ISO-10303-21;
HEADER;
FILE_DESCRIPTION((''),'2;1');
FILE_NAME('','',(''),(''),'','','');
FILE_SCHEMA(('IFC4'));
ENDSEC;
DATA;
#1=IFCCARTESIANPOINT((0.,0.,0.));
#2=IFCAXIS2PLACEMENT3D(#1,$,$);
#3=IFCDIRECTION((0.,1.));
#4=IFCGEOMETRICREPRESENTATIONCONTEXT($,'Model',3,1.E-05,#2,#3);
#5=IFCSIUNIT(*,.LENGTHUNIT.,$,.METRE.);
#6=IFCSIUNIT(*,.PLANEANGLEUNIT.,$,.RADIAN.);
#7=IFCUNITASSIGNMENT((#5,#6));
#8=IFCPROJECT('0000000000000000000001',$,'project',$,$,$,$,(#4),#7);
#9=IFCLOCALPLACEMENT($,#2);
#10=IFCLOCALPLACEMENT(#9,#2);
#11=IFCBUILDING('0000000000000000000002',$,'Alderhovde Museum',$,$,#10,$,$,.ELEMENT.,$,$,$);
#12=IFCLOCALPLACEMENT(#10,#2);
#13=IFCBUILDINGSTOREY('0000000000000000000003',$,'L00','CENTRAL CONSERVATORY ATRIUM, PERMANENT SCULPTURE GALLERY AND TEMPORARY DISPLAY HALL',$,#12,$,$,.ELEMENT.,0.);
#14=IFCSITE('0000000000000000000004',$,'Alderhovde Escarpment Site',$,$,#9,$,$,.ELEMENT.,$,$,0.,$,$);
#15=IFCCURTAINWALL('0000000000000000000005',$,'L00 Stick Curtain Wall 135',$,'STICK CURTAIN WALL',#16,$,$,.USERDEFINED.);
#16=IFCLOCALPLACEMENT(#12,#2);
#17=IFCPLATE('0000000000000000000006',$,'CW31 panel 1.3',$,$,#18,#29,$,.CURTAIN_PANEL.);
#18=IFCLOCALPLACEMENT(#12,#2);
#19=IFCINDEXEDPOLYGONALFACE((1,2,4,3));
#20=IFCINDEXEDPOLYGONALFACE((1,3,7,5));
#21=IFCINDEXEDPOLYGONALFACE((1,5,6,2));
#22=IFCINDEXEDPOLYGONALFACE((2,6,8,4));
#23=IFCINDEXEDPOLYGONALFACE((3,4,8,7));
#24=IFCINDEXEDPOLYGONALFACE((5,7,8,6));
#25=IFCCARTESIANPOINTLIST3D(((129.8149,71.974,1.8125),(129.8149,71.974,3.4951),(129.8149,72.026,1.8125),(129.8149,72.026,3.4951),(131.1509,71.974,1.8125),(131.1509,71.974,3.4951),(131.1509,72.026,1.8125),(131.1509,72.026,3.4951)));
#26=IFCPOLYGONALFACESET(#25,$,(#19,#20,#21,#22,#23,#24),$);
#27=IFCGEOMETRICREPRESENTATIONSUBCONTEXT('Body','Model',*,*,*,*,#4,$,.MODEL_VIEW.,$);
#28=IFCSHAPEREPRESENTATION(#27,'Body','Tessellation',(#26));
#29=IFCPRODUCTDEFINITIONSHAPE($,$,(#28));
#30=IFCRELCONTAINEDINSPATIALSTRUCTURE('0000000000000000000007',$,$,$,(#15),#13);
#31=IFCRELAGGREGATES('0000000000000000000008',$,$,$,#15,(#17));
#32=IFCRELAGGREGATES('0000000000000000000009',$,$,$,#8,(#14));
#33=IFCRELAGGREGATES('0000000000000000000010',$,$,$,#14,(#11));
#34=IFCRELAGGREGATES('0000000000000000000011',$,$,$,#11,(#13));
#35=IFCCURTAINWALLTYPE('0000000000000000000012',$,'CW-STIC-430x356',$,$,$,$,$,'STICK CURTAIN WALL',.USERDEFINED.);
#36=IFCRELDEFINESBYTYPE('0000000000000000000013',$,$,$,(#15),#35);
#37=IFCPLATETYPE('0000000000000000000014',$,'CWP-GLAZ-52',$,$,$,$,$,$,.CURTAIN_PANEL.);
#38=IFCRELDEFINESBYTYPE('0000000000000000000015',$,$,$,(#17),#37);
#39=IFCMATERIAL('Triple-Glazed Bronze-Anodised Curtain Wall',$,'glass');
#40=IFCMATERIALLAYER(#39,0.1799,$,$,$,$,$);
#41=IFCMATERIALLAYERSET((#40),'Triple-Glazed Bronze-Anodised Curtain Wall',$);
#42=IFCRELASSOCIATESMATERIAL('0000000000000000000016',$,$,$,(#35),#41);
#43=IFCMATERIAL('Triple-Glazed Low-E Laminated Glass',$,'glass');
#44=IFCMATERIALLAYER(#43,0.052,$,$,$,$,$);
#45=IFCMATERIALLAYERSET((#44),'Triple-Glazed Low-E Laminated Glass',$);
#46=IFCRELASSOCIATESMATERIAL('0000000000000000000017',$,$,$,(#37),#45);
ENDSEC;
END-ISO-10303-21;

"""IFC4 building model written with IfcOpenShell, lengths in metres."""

from ifc_helpers import new_model, si_unit, direction, frame, origin, origin_2d, place, context, subcontext, project, spatial, rectangle, extrude, material, layer, layer_set, type_object, element, aggregate, save


model = new_model("IFC4")

# Units and contexts
model_context = context("Model", 3, precision=1e-05, world=origin(), true_north=direction((0.0, 1.0)))
body_context = subcontext(model_context, "Body", "Model", "MODEL_VIEW")
ifc_project = project(units=[si_unit("LENGTHUNIT", "METRE"), si_unit("PLANEANGLEUNIT", "RADIAN")], contexts=[model_context])

# Site, building, storey
site_placement = place(None, origin())
site = spatial("IfcSite", under=ifc_project, at=site_placement, Name="Alderhovde Escarpment Site", CompositionType="ELEMENT", RefElevation=0.0)
building_placement = place(site_placement, origin())
building = spatial("IfcBuilding", under=site, at=building_placement, Name="Alderhovde Museum", CompositionType="ELEMENT")
storey_placement = place(building_placement, origin())
storey = spatial("IfcBuildingStorey", under=building, at=storey_placement, Name="L00", Description="CENTRAL CONSERVATORY ATRIUM, PERMANENT SCULPTURE GALLERY AND TEMPORARY DISPLAY HALL", CompositionType="ELEMENT", Elevation=0.0)

# Curtain wall
ifc_material_1 = material(Name="Triple-Glazed Bronze-Anodised Curtain Wall", Category="glass")
ifc_layer_1 = layer(ifc_material_1, 0.1799)
ifc_layer_set_1 = layer_set([ifc_layer_1], Name="Triple-Glazed Bronze-Anodised Curtain Wall")
curtain_wall_type = type_object("IfcCurtainWallType", Name="CW-STIC-430x356", ElementType="STICK CURTAIN WALL", PredefinedType="USERDEFINED", material=ifc_layer_set_1)
curtain_wall_1_placement = place(storey_placement, origin())
curtain_wall_1 = element("IfcCurtainWall", 1, at=curtain_wall_1_placement, inside=storey, type_object=curtain_wall_type, Name="L00 Stick Curtain Wall 135", ObjectType="STICK CURTAIN WALL", PredefinedType="USERDEFINED")

# Plate
ifc_material_2 = material(Name="Triple-Glazed Low-E Laminated Glass", Category="glass")
ifc_layer_2 = layer(ifc_material_2, 0.052)
ifc_layer_set_2 = layer_set([ifc_layer_2], Name="Triple-Glazed Low-E Laminated Glass")
plate_type_1 = type_object("IfcPlateType", Name="CWP-GLAZ-52", PredefinedType="CURTAIN_PANEL", material=ifc_layer_set_2)
plate_1_placement = place(storey_placement, frame((130.4829, 72.0, 1.8125), z_axis=(0.0, 0.0, 1.0), x_axis=(1.0, 0.0, 0.0)))
plate_1 = element("IfcPlate", 2, at=plate_1_placement, type_object=plate_type_1, Name="CW31 panel 1.3", PredefinedType="CURTAIN_PANEL", context=body_context, shape_type="SweptSolid", body=[
    extrude(rectangle(XDim=1.3359, YDim=0.052, at=origin_2d()), origin(), (0.0, 0.0, 1.0), 1.6826),
])
aggregate(curtain_wall_1, [plate_1])

save(model, "model.ifc")
